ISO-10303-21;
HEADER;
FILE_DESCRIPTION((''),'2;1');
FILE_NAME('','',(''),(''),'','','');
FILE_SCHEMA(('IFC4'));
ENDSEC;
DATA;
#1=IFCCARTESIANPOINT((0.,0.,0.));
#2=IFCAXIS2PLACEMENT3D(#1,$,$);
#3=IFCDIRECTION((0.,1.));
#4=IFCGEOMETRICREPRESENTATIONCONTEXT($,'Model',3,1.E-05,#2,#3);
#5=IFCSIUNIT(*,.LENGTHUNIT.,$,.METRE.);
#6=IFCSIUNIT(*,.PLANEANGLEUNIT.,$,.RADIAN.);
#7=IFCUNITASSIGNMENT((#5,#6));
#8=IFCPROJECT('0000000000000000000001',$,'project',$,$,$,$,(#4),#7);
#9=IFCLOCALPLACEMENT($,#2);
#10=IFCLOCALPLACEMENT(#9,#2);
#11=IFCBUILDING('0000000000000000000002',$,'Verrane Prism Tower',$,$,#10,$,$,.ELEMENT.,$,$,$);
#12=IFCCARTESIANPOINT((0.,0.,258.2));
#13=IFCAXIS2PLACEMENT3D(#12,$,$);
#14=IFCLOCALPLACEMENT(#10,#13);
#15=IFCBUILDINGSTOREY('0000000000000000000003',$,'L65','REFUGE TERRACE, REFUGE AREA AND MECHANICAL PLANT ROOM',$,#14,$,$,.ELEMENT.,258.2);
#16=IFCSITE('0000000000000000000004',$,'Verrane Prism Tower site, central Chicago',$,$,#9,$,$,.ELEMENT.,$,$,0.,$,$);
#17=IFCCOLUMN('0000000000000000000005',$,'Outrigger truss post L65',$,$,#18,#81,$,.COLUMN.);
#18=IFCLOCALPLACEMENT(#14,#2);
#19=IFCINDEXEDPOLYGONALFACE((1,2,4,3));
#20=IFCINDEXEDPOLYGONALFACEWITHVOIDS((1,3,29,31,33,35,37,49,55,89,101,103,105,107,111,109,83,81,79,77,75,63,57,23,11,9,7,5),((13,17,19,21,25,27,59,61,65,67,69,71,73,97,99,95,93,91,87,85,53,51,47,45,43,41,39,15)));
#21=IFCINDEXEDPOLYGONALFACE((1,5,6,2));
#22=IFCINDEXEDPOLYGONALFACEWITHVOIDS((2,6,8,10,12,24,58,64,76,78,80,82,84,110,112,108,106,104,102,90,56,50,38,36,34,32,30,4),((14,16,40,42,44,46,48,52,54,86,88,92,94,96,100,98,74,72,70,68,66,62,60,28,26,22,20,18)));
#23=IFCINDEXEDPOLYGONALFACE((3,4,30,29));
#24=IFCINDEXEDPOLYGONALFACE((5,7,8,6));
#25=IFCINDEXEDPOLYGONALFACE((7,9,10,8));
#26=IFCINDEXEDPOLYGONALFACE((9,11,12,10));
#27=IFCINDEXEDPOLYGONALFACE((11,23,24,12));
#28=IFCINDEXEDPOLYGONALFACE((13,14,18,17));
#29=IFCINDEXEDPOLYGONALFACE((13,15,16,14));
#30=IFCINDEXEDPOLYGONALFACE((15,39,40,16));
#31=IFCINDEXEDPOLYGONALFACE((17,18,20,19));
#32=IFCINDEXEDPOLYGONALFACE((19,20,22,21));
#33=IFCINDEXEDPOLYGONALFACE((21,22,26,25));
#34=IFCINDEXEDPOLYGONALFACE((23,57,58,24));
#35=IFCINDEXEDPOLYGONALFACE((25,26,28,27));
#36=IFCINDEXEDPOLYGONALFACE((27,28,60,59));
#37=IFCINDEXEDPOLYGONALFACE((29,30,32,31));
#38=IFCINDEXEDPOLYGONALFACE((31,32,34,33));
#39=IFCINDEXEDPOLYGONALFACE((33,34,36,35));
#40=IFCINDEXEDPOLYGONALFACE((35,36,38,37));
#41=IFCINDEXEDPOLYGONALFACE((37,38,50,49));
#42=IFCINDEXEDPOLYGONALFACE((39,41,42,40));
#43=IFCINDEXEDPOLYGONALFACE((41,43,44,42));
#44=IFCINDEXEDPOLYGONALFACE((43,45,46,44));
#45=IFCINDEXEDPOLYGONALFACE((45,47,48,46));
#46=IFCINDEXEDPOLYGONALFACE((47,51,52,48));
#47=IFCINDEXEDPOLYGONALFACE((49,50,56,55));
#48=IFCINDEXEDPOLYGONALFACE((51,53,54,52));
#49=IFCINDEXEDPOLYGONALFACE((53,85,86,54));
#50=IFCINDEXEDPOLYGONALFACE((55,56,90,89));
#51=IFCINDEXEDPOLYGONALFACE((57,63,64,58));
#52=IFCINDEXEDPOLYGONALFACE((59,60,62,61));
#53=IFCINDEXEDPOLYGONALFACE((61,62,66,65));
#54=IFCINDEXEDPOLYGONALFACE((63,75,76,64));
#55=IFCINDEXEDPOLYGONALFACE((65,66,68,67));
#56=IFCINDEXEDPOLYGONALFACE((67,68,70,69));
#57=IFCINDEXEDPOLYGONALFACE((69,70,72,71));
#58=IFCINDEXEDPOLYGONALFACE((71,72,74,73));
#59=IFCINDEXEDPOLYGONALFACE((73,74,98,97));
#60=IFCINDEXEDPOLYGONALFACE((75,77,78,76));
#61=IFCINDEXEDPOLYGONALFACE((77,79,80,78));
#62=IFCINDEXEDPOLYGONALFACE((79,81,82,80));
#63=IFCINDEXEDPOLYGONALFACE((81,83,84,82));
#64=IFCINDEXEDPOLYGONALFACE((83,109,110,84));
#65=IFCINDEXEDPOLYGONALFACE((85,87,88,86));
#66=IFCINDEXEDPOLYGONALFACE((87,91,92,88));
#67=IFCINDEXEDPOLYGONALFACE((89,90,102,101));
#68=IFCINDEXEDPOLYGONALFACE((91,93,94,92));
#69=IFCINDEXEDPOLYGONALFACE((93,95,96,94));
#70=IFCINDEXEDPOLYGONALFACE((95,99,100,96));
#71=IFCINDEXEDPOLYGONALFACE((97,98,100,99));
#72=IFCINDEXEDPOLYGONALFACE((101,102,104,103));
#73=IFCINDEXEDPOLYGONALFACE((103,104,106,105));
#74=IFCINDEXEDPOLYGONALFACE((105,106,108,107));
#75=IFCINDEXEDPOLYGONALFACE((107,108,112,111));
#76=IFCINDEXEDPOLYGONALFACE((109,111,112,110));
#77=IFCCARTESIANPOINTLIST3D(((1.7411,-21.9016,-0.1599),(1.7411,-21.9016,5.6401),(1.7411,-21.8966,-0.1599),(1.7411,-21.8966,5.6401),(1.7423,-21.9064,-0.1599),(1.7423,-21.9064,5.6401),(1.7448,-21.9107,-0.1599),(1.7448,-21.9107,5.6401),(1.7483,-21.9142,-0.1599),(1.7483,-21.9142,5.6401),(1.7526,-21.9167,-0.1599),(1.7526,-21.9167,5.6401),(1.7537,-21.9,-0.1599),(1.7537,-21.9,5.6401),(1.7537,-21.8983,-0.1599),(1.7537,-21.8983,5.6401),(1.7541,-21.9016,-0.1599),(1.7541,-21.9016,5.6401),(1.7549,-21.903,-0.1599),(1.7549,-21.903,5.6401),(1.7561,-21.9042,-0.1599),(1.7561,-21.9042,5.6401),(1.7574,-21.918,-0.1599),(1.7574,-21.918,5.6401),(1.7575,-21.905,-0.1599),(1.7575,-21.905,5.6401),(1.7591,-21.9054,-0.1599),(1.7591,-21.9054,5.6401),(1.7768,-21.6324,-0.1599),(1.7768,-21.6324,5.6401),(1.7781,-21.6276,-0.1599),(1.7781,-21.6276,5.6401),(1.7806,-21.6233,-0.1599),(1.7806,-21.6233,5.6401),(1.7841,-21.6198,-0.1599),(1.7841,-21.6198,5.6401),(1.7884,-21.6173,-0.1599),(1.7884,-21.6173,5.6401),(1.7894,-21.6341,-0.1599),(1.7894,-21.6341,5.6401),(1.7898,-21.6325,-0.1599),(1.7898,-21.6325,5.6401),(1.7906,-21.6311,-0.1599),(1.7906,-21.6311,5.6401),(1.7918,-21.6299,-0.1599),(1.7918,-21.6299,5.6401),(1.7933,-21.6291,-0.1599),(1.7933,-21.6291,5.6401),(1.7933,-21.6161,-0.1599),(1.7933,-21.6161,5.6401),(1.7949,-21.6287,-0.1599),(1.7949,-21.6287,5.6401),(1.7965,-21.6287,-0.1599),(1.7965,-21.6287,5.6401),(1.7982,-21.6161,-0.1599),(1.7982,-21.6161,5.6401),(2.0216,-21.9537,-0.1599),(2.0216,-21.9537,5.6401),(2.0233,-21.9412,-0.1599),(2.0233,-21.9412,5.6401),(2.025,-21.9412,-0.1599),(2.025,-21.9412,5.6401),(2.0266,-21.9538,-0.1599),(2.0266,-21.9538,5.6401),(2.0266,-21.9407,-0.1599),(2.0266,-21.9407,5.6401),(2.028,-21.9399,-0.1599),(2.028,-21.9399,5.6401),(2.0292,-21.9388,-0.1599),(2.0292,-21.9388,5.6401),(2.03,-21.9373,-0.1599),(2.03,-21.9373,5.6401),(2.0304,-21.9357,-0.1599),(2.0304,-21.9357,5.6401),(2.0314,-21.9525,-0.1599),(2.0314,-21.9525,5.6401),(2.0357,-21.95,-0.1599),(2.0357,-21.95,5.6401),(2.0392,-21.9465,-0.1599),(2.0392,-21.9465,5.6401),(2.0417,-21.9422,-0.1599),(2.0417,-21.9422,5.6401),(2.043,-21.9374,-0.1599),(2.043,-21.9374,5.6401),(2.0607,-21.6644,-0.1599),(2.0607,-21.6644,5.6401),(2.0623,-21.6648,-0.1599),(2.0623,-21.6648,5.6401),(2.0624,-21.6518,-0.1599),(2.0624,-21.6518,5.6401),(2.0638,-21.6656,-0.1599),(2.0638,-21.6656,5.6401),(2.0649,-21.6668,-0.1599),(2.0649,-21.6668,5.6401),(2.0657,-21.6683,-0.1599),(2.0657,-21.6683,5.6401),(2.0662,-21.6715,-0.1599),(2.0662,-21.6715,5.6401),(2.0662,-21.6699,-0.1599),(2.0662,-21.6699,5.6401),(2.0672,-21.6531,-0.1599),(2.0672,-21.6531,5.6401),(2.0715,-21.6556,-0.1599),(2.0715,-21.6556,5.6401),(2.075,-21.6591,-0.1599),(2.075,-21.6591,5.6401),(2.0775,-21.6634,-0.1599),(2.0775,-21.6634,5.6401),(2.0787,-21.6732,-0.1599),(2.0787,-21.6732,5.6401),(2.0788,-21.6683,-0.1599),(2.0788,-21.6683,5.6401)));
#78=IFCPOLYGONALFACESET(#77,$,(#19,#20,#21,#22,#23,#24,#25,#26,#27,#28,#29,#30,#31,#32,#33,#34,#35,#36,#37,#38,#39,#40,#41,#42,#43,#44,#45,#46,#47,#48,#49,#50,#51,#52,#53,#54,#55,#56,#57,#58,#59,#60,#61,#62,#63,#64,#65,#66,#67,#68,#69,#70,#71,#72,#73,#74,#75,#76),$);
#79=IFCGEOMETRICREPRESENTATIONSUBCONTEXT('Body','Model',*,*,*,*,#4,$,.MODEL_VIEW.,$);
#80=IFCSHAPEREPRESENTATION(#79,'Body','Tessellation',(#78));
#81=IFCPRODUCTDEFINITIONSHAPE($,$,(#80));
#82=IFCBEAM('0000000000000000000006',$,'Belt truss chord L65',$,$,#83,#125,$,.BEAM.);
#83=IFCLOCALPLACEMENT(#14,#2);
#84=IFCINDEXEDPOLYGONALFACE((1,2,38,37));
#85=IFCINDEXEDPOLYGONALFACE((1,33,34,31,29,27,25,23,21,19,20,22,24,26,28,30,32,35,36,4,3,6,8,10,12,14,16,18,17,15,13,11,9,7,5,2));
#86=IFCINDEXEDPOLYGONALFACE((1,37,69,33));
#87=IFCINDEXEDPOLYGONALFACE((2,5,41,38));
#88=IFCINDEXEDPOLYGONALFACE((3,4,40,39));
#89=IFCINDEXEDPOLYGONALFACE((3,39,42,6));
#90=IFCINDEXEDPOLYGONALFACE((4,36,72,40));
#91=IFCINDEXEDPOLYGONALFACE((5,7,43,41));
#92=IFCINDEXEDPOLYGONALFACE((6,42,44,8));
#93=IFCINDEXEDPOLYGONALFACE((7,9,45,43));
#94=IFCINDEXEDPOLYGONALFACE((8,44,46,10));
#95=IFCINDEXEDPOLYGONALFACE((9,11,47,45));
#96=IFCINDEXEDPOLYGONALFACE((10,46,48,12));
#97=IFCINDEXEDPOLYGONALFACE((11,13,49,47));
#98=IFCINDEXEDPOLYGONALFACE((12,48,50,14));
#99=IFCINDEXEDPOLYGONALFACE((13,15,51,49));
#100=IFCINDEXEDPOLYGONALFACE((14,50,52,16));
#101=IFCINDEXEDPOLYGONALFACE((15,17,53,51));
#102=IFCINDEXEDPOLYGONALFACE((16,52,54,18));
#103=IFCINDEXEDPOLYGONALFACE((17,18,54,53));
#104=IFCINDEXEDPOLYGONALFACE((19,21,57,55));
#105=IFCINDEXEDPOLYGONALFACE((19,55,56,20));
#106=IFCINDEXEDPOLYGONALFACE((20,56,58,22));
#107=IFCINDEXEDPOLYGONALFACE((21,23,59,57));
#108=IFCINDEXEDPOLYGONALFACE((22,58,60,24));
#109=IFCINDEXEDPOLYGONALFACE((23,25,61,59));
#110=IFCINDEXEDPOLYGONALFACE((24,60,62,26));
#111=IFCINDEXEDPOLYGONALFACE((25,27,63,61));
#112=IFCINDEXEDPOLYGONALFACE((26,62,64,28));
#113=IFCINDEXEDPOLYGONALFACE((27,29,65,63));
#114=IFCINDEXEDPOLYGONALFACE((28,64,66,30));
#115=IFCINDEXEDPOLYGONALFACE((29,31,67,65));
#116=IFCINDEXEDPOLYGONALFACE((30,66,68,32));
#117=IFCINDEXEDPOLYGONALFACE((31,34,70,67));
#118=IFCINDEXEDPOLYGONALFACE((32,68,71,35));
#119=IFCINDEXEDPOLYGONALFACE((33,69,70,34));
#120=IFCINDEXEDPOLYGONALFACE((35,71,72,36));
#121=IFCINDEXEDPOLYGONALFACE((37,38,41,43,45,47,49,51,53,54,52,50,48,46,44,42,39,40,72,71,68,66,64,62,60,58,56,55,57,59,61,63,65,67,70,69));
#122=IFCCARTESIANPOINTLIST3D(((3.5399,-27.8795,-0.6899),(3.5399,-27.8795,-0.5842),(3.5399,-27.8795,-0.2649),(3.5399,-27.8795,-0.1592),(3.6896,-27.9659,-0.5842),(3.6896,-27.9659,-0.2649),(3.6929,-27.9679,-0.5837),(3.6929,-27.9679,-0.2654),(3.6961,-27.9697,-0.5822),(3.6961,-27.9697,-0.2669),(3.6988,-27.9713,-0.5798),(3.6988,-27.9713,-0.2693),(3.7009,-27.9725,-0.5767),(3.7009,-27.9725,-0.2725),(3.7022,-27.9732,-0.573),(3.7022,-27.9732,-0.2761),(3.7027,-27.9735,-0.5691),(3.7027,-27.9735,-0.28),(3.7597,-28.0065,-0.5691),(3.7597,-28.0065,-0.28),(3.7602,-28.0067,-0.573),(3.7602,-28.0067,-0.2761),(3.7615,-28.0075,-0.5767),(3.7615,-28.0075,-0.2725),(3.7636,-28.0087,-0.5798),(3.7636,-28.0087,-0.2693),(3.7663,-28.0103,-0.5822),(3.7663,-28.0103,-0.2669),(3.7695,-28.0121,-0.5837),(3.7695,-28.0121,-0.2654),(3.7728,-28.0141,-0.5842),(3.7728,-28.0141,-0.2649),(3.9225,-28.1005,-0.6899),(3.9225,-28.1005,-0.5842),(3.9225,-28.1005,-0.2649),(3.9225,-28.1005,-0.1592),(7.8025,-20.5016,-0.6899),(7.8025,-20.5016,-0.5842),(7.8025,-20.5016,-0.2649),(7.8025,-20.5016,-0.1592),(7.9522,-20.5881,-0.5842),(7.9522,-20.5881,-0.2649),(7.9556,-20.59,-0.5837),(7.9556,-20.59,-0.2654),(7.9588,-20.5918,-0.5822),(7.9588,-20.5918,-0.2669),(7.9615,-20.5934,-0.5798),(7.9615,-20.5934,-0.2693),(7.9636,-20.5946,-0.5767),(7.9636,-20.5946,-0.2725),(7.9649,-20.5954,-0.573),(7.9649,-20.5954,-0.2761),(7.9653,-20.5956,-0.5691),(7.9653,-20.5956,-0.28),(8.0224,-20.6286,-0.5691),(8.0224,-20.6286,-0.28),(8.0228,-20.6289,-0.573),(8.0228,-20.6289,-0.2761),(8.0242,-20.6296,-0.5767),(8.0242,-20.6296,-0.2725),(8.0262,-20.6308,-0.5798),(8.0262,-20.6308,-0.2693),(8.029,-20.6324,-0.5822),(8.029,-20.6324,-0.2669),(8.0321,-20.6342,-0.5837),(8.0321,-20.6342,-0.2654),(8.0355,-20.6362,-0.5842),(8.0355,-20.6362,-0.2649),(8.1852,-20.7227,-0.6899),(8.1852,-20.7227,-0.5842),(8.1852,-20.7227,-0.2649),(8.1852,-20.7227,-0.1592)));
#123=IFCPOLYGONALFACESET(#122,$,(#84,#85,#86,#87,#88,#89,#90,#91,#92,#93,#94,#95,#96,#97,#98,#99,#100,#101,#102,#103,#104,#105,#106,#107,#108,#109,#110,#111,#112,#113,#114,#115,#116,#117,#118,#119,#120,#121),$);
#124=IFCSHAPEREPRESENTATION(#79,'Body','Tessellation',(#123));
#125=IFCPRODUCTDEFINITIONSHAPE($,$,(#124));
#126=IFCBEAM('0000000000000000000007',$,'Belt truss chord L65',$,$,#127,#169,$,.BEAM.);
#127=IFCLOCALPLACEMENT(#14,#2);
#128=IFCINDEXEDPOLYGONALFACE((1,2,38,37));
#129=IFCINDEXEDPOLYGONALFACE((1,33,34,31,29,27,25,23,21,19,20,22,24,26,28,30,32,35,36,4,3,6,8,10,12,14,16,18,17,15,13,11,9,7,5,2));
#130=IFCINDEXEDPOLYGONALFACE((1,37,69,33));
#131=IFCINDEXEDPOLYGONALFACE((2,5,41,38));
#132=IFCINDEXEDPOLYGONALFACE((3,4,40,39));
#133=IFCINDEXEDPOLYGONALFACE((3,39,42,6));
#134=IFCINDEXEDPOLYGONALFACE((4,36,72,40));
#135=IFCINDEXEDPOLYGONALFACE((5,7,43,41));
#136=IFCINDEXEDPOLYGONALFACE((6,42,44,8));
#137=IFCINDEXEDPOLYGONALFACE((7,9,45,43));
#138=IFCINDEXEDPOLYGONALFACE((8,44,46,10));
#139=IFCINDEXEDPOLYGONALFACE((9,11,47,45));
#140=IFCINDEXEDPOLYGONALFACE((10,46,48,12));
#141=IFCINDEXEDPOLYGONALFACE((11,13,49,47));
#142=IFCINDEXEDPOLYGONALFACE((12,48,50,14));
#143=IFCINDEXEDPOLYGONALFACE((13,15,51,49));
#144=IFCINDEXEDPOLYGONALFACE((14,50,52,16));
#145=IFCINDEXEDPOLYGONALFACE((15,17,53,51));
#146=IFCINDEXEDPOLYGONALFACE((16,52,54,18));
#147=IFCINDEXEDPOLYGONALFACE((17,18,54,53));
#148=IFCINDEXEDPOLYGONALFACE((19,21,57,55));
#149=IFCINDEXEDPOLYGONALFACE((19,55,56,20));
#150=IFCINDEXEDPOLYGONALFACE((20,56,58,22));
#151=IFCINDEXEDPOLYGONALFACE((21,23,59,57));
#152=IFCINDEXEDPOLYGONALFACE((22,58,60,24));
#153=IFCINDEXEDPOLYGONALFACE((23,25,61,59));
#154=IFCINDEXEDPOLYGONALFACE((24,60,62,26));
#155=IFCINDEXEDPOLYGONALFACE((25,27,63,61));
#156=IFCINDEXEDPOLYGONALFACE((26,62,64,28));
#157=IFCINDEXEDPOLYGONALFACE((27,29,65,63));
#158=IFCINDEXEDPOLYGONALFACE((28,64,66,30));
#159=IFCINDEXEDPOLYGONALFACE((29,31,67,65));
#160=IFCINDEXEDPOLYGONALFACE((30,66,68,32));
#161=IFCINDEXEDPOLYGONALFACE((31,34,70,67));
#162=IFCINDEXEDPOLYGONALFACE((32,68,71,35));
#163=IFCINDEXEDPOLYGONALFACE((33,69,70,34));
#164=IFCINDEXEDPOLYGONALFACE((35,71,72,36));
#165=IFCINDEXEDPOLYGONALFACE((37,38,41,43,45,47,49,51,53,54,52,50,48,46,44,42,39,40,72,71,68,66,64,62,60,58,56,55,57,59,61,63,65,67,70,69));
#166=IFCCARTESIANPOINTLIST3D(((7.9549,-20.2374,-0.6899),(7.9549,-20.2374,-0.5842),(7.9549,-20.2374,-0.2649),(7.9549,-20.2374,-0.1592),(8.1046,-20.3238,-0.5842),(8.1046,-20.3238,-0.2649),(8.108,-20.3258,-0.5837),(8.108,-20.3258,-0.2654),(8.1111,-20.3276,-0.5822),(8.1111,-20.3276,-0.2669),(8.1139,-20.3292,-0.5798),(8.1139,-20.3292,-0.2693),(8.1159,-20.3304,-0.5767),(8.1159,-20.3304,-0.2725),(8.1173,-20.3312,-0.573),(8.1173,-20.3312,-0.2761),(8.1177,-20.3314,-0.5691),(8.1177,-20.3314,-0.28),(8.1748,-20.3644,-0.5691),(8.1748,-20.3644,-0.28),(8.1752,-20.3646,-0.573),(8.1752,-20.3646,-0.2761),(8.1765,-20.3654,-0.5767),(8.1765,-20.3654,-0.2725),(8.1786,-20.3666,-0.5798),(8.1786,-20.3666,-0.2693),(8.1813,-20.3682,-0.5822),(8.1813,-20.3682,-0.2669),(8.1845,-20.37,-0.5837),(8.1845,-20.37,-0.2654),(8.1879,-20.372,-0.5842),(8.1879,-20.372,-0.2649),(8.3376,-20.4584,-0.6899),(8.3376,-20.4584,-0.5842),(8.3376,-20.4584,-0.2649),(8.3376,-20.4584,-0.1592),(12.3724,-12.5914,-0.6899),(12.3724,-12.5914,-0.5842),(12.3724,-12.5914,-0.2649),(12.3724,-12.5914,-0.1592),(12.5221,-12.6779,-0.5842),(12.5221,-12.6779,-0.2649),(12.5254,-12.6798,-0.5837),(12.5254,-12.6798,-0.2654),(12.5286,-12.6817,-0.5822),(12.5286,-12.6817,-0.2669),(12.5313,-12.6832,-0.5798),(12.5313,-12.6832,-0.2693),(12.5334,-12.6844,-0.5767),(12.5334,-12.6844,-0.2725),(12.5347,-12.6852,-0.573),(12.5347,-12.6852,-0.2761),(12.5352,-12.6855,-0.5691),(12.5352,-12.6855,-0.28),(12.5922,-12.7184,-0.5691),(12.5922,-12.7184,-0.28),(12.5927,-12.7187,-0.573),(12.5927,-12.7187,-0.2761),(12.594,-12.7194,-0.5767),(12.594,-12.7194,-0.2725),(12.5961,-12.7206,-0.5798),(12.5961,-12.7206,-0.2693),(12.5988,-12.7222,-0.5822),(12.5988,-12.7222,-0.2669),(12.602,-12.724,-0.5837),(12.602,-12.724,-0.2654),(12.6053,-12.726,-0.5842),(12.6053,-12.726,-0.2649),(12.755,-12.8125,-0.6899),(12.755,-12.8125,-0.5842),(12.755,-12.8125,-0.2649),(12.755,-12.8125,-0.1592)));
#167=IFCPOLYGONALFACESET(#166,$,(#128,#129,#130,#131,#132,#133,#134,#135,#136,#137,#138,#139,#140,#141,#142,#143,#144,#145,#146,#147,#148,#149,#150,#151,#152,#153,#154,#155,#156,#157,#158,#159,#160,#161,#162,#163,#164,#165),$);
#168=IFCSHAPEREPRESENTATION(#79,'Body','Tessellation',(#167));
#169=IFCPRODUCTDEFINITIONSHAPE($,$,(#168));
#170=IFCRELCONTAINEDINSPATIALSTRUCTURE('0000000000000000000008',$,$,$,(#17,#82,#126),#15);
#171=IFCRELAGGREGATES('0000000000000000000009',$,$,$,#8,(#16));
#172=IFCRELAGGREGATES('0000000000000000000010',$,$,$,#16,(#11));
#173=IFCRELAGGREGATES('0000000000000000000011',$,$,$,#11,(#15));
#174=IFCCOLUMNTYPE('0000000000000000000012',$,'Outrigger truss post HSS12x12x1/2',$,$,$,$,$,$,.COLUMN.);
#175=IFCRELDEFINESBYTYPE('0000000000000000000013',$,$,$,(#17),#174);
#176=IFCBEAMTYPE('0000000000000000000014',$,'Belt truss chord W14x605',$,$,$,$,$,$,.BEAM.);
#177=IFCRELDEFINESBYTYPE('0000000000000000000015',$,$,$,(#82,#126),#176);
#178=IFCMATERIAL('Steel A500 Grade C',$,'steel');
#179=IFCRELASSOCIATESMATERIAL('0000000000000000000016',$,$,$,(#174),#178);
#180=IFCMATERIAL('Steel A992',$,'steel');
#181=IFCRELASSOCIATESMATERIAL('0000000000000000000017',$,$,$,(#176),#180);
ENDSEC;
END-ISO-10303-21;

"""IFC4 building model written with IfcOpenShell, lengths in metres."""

from ifc_helpers import new_model, si_unit, direction, frame, origin, origin_2d, place, context, subcontext, project, spatial, hollow_rectangle, i_section, extrude, material, material_profile, profile_set, type_object, element, save


model = new_model("IFC4")

# Units and contexts
model_context = context("Model", 3, precision=1e-05, world=origin(), true_north=direction((0.0, 1.0)))
body_context = subcontext(model_context, "Body", "Model", "MODEL_VIEW")
ifc_project = project(units=[si_unit("LENGTHUNIT", "METRE"), si_unit("PLANEANGLEUNIT", "RADIAN")], contexts=[model_context])

# Site, building, storey
site_placement = place(None, origin())
site = spatial("IfcSite", under=ifc_project, at=site_placement, Name="Verrane Prism Tower site, central Chicago", CompositionType="ELEMENT", RefElevation=0.0)
building_placement = place(site_placement, origin())
building = spatial("IfcBuilding", under=site, at=building_placement, Name="Verrane Prism Tower", CompositionType="ELEMENT")
storey_placement = place(building_placement, frame((0.0, 0.0, 258.2)))
storey = spatial("IfcBuildingStorey", under=building, at=storey_placement, Name="L65", Description="REFUGE TERRACE, REFUGE AREA AND MECHANICAL PLANT ROOM", CompositionType="ELEMENT", Elevation=258.2)

# Column
ifc_material_1 = material(Name="Steel A500 Grade C", Category="steel")
ifc_material_profile_1 = material_profile(ifc_material_1, hollow_rectangle(XDim=0.3047, YDim=0.3047, WallThickness=0.0127, InnerFilletRadius=0.0063, OuterFilletRadius=0.019, at=origin_2d()), Name="HSS12x12x1/2")
ifc_profile_set_1 = profile_set([ifc_material_profile_1], Name="Steel A500 Grade C")
column_type_1 = type_object("IfcColumnType", Name="Outrigger truss post HSS12x12x1/2", PredefinedType="COLUMN", material=ifc_profile_set_1)
column_1_placement = place(storey_placement, frame((1.9099, -21.7849, -0.1599), z_axis=(0.0, 0.0, 1.0), x_axis=(0.990986, -0.133964, 0.0)))
element("IfcColumn", 1, at=column_1_placement, inside=storey, type_object=column_type_1, Name="Outrigger truss post L65", PredefinedType="COLUMN", context=body_context, shape_type="SweptSolid", body=[
    extrude(hollow_rectangle(XDim=0.3047, YDim=0.3047, WallThickness=0.0127, InnerFilletRadius=0.0063, OuterFilletRadius=0.019, at=origin_2d()), origin(), (0.0, 0.0, 1.0), 5.8),
])

# Beams
ifc_material_2 = material(Name="Steel A992", Category="steel")
ifc_material_profile_2 = material_profile(ifc_material_2, i_section(OverallWidth=0.4419, OverallDepth=0.5308, WebThickness=0.0659, FlangeThickness=0.1057, FilletRadius=0.0151, at=origin_2d()), Name="W14x605")
ifc_profile_set_2 = profile_set([ifc_material_profile_2], Name="Steel A992")
beam_type_1 = type_object("IfcBeamType", Name="Belt truss chord W14x605", PredefinedType="BEAM", material=ifc_profile_set_2)
beam_1_placement = place(storey_placement, frame((3.7312, -27.99, -0.4246), z_axis=(0.500268, 0.865871, 0.0), x_axis=(-0.865871, 0.500268, 0.0)))
element("IfcBeam", 2, at=beam_1_placement, inside=storey, type_object=beam_type_1, Name="Belt truss chord L65", PredefinedType="BEAM", context=body_context, shape_type="SweptSolid", body=[
    extrude(i_section(OverallWidth=0.4419, OverallDepth=0.5308, WebThickness=0.0659, FlangeThickness=0.1057, FilletRadius=0.0151, at=origin_2d()), origin(), (0.0, 0.0, 1.0), 8.5208),
])
beam_2_placement = place(storey_placement, frame((8.1462, -20.3479, -0.4246), z_axis=(0.50026, 0.865875, 0.0), x_axis=(-0.865875, 0.50026, 0.0)))
element("IfcBeam", 3, at=beam_2_placement, inside=storey, type_object=beam_type_1, Name="Belt truss chord L65", PredefinedType="BEAM", context=body_context, shape_type="SweptSolid", body=[
    extrude(i_section(OverallWidth=0.4419, OverallDepth=0.5308, WebThickness=0.0659, FlangeThickness=0.1057, FilletRadius=0.0151, at=origin_2d()), origin(), (0.0, 0.0, 1.0), 8.8303),
])

save(model, "model.ifc")
